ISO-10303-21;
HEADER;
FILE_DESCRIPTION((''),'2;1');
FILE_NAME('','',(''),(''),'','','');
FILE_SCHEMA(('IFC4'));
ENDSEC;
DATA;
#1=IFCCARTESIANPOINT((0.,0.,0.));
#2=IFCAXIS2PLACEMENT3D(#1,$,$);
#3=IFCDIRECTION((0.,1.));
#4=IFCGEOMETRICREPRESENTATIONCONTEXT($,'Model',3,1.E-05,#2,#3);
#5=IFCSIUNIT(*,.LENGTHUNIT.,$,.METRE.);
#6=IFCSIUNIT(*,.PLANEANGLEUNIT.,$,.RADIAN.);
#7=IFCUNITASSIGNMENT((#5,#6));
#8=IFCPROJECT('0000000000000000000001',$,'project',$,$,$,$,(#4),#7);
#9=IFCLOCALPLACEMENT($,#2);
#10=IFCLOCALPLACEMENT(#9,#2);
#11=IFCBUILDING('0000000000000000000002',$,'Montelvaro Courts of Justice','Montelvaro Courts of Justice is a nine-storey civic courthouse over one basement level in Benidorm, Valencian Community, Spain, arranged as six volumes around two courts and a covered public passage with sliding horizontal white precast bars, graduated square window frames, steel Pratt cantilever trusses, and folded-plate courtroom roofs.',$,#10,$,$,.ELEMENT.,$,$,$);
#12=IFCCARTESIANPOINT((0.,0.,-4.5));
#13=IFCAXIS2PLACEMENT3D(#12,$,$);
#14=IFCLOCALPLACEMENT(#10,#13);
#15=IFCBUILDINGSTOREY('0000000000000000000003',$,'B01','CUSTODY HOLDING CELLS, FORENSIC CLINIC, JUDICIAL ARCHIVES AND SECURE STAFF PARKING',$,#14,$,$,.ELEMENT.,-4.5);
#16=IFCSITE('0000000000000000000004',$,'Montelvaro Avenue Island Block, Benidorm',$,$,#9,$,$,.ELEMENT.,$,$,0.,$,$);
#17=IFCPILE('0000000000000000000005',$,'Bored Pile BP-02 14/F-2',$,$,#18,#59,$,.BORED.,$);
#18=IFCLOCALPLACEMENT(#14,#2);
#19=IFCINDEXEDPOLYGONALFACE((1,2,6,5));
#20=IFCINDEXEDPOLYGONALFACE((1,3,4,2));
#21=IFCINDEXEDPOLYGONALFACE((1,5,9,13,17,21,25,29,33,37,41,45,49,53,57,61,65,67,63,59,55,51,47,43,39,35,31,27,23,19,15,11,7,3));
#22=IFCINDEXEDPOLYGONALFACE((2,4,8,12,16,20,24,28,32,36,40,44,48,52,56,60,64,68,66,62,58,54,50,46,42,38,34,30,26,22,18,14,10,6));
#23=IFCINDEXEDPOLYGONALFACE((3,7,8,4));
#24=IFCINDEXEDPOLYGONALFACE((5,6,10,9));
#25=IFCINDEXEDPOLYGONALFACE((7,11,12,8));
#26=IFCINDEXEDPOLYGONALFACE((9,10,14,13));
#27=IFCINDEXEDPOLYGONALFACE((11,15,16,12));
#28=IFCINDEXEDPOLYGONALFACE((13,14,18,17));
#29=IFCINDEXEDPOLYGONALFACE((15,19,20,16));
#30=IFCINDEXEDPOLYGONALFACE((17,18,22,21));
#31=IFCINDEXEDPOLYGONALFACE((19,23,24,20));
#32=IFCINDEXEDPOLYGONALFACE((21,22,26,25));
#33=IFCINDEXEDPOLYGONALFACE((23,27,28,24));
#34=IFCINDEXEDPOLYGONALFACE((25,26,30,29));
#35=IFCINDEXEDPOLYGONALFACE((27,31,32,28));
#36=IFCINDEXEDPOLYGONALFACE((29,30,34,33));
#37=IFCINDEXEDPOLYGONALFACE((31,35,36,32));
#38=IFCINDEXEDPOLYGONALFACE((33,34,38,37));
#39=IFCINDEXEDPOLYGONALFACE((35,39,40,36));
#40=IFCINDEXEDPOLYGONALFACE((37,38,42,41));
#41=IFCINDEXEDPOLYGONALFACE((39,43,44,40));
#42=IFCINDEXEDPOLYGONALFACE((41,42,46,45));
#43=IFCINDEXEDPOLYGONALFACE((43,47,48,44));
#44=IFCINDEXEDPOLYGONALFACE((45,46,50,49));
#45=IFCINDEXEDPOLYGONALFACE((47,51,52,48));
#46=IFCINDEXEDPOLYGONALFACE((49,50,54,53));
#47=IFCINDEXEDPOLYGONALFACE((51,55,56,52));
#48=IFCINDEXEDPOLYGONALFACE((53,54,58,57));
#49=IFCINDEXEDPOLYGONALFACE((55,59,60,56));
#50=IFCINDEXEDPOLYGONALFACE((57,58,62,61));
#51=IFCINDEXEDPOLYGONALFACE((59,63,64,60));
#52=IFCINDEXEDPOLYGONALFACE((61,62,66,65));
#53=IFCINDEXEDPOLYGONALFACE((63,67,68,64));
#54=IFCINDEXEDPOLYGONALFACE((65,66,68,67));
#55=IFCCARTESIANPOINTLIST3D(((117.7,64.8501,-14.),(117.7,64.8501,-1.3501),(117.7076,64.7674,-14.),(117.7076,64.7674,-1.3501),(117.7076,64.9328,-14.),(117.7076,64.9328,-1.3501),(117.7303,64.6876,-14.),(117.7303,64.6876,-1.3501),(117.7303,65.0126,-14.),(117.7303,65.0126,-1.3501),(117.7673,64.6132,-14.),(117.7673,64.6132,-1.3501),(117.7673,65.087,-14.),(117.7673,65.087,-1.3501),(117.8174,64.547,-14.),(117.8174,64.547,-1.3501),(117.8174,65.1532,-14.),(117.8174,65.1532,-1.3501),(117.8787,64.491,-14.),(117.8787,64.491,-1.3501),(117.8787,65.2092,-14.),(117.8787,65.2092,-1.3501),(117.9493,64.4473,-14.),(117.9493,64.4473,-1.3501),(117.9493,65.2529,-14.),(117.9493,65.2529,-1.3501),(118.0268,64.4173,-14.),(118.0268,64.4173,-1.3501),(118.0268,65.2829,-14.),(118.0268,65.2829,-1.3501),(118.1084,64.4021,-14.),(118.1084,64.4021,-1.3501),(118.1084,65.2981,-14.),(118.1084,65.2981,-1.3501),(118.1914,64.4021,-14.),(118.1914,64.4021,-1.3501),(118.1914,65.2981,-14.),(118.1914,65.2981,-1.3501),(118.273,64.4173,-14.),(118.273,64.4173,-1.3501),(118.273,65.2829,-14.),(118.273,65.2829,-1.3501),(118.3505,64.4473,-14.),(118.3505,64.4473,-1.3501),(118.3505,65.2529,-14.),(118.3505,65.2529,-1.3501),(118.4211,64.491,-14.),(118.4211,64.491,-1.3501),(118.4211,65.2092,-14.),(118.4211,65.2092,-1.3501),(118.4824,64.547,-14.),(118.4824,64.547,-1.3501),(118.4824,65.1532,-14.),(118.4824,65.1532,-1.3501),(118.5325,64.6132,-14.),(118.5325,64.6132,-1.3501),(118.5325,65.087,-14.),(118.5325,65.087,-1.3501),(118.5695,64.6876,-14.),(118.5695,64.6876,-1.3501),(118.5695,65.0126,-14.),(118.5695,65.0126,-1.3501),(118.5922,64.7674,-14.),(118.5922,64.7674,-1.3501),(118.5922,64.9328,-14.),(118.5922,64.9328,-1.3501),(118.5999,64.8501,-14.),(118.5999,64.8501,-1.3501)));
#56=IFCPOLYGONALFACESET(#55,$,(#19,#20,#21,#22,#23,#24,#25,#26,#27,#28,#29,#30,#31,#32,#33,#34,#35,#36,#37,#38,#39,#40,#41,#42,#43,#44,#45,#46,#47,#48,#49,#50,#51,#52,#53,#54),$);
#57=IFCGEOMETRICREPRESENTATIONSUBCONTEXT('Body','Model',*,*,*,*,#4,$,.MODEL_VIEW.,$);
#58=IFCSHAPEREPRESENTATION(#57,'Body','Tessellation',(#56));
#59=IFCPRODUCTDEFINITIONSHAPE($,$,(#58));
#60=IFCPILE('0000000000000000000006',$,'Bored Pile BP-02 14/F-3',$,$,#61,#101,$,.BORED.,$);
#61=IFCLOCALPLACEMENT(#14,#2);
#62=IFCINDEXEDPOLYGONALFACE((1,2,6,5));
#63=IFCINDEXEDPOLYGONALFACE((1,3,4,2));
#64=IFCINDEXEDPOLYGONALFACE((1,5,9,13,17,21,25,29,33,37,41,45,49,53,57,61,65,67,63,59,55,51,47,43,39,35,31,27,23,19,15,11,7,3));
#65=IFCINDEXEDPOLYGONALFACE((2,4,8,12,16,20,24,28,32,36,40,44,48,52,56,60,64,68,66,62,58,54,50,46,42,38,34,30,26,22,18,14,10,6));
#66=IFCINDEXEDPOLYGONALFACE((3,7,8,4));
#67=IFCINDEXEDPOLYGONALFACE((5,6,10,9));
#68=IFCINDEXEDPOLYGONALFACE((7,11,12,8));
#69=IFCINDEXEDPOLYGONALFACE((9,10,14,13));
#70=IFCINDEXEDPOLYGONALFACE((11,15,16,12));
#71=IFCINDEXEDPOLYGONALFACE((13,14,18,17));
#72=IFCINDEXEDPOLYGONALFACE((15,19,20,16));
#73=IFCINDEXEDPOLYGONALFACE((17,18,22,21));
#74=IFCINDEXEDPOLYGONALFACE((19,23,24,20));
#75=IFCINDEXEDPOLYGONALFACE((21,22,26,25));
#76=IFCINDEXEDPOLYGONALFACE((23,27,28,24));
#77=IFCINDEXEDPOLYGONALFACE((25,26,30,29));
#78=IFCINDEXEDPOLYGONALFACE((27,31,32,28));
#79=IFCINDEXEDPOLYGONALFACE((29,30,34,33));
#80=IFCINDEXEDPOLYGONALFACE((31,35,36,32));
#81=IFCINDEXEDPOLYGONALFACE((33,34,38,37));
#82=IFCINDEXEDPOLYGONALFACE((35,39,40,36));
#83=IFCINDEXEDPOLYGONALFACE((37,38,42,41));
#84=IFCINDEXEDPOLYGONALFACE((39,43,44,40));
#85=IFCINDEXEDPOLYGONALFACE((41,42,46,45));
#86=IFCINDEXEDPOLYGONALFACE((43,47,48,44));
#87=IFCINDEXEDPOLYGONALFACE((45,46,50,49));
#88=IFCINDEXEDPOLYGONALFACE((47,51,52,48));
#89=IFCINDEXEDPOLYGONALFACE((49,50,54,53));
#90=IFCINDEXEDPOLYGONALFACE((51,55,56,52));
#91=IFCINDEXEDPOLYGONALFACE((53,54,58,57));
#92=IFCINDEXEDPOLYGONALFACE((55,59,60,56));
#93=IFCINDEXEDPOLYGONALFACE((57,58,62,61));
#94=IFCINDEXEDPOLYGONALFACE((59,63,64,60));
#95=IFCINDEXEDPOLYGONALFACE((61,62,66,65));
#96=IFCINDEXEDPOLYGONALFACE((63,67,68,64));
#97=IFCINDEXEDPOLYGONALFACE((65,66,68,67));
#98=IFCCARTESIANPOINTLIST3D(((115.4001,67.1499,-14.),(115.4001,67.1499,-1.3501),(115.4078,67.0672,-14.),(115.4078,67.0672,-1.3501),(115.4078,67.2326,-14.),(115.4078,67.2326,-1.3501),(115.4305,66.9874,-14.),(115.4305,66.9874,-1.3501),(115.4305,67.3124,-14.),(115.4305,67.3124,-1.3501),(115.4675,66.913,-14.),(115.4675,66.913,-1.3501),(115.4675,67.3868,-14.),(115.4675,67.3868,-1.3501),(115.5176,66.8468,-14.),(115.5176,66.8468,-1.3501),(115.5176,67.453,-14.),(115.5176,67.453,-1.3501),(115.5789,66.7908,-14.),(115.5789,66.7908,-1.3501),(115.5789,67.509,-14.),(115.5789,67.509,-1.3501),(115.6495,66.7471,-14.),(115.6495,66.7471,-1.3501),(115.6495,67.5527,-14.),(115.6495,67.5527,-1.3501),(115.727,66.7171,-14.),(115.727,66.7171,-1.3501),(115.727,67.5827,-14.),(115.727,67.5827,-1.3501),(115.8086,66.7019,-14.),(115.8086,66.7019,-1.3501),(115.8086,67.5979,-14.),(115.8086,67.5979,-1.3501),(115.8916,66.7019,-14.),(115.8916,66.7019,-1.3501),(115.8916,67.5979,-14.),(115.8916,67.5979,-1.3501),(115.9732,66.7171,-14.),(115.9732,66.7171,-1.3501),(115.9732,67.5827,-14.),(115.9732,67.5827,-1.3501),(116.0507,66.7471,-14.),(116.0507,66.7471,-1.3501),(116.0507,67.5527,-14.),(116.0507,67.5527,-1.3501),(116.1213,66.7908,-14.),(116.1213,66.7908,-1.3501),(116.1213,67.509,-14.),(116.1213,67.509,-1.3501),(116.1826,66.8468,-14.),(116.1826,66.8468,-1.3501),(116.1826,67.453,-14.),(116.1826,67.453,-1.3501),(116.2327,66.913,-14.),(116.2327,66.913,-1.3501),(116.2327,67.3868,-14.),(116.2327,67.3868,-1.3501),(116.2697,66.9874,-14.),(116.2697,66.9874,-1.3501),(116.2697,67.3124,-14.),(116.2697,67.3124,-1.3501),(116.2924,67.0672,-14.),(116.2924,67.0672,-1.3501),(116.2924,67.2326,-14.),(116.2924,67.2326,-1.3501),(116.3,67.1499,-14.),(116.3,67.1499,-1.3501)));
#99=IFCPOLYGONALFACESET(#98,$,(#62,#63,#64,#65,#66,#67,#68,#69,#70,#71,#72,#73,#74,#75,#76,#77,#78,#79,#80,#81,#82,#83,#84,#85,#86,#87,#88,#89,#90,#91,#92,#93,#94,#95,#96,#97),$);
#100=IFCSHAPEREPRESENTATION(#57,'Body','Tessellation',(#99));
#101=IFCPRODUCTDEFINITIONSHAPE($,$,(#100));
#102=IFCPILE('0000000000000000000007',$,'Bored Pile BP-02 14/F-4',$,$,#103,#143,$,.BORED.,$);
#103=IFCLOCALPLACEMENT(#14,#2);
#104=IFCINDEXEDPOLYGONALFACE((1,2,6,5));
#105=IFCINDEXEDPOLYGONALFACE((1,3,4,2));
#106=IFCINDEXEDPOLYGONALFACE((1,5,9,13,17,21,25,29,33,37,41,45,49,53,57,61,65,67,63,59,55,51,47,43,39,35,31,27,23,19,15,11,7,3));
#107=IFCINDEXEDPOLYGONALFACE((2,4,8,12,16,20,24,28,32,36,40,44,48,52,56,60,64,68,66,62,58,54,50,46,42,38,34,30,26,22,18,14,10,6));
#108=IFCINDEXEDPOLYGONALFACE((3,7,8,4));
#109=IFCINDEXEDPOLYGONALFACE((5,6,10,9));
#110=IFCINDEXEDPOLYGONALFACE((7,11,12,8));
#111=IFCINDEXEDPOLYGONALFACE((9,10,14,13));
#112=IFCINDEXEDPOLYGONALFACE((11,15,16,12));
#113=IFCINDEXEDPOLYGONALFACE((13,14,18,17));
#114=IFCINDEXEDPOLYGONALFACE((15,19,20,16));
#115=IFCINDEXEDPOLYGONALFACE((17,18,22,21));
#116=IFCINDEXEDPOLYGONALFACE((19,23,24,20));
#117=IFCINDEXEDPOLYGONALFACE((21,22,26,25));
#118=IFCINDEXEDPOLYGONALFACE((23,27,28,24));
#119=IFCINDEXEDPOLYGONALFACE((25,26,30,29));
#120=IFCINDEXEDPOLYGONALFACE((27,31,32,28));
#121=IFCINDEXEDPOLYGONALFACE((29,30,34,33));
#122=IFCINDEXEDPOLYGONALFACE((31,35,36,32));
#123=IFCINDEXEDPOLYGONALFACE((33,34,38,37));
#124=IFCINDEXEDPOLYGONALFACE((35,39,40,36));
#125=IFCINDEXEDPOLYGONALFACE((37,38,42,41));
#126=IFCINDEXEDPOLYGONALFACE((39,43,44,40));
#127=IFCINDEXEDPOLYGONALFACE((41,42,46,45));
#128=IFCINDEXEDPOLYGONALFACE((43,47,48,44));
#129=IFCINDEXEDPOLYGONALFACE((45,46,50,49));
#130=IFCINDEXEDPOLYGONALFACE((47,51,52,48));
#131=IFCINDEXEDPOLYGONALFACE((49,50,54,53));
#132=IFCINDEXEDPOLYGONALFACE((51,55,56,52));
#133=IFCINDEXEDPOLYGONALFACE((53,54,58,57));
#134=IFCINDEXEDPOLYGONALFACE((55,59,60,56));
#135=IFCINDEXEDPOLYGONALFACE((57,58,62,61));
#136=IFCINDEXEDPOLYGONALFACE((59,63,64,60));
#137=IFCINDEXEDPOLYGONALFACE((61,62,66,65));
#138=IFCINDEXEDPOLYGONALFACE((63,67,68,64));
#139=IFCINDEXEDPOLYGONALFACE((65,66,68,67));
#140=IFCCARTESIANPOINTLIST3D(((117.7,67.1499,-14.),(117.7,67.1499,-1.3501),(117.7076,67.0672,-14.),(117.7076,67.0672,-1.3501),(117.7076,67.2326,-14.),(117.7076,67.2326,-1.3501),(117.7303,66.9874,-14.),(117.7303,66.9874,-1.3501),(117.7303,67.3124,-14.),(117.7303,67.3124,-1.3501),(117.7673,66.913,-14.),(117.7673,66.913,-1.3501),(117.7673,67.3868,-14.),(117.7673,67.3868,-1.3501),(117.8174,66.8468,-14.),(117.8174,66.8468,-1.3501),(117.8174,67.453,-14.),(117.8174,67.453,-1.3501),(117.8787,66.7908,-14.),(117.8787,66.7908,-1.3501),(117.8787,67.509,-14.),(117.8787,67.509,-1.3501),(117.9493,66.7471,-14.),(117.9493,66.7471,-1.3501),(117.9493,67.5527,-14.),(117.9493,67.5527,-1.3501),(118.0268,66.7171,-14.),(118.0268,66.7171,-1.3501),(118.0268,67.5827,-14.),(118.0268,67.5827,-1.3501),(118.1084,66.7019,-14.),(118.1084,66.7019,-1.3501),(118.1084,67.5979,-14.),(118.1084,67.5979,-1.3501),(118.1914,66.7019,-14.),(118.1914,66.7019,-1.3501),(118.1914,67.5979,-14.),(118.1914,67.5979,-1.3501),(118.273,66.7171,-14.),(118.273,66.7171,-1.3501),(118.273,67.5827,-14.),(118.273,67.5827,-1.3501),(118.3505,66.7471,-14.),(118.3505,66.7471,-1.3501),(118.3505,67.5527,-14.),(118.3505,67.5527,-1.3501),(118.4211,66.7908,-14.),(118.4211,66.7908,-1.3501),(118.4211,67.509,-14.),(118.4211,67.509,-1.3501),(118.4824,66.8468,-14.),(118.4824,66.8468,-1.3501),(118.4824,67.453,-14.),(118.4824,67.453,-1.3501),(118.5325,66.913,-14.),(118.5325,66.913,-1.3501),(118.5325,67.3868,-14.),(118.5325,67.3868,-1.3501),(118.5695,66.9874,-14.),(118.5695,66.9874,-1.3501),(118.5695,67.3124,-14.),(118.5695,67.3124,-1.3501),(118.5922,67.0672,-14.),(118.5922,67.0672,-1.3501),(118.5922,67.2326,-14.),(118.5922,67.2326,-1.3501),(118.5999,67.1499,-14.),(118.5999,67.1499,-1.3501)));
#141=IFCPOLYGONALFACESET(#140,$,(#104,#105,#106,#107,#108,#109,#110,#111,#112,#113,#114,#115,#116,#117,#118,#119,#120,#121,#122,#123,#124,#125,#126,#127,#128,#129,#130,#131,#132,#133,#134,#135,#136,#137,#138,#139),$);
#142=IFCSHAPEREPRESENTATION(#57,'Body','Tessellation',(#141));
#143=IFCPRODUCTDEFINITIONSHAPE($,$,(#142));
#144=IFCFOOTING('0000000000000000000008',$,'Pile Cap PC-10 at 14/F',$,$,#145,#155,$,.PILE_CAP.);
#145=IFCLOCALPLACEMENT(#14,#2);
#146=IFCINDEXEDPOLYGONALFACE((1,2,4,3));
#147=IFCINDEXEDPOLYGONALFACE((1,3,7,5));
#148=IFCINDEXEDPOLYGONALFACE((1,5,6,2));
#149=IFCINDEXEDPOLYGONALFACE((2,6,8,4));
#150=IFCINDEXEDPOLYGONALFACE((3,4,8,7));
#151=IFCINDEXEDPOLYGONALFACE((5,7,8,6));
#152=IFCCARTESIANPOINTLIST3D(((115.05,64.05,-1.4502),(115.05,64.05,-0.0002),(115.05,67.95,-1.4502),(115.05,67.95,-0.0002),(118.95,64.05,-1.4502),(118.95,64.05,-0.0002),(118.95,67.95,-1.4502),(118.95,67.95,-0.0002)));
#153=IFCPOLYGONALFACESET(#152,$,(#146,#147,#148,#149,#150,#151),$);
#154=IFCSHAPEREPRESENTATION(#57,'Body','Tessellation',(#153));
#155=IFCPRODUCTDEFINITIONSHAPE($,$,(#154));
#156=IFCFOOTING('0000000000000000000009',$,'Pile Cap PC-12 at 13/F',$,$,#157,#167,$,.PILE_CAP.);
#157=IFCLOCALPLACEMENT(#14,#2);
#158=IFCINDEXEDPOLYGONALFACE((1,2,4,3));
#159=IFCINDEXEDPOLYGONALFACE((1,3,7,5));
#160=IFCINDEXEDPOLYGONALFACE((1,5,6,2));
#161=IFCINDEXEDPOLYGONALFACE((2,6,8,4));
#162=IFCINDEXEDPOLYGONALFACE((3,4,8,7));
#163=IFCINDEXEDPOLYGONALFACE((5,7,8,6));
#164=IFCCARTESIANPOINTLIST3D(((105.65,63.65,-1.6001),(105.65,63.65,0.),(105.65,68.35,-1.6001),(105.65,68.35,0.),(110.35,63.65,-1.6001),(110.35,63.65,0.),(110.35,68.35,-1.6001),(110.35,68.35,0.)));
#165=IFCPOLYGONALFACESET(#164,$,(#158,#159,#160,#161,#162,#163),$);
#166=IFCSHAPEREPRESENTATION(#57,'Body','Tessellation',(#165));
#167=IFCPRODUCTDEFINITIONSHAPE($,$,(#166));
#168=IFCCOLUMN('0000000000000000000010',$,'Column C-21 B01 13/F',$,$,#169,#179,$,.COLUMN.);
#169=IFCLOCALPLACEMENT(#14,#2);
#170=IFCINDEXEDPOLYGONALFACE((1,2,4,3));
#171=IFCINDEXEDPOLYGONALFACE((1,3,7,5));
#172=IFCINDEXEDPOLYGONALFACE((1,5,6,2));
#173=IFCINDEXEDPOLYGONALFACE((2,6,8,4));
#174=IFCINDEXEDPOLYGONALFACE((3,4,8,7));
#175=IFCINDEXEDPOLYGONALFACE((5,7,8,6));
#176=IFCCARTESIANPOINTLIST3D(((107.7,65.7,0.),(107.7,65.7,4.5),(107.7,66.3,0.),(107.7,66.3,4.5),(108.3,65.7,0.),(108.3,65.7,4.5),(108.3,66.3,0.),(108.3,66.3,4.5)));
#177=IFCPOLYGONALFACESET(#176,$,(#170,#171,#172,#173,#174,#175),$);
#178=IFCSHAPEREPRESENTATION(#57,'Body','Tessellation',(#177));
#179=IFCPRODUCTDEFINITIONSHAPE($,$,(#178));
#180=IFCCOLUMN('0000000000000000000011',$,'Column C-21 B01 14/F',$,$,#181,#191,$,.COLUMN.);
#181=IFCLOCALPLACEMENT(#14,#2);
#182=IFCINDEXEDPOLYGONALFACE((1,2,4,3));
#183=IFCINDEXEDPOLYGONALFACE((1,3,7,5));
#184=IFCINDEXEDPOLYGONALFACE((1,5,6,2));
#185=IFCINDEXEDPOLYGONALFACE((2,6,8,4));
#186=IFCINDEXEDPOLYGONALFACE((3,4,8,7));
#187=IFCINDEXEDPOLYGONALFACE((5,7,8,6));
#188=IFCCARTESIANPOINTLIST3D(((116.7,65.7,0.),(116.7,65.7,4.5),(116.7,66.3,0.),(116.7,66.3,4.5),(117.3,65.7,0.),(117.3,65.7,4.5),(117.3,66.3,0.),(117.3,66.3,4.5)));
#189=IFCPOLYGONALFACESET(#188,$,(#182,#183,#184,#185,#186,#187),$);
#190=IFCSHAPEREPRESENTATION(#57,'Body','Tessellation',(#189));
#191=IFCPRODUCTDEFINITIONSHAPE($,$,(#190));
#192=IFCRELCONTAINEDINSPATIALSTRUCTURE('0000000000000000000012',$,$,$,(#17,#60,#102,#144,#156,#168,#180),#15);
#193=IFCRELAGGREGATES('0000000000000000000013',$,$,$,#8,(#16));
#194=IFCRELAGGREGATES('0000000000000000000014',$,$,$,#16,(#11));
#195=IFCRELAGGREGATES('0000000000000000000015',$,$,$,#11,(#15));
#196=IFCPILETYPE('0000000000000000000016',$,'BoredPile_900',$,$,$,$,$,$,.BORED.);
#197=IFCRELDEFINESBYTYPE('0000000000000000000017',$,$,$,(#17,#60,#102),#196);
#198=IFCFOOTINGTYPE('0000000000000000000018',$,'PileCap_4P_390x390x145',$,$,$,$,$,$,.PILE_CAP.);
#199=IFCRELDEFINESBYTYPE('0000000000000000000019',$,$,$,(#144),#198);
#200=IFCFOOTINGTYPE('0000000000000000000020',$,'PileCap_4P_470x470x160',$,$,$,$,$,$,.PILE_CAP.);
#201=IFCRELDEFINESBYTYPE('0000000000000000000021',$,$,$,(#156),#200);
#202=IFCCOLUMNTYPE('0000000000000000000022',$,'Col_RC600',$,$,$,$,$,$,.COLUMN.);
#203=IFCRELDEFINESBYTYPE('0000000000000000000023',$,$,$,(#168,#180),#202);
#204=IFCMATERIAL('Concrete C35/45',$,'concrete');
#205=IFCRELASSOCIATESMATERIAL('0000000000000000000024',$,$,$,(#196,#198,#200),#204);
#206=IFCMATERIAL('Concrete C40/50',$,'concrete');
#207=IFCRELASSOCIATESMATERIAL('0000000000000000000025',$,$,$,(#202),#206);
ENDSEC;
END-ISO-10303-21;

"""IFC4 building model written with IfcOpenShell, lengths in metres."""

from ifc_helpers import new_model, si_unit, direction, frame, origin, origin_2d, place, context, subcontext, project, spatial, rectangle, circle, extrude, material, material_profile, profile_set, type_object, element, save


model = new_model("IFC4")

# Units and contexts
model_context = context("Model", 3, precision=1e-05, world=origin(), true_north=direction((0.0, 1.0)))
body_context = subcontext(model_context, "Body", "Model", "MODEL_VIEW")
ifc_project = project(units=[si_unit("LENGTHUNIT", "METRE"), si_unit("PLANEANGLEUNIT", "RADIAN")], contexts=[model_context])

# Site, building, storey
site_placement = place(None, origin())
site = spatial("IfcSite", under=ifc_project, at=site_placement, Name="Montelvaro Avenue Island Block, Benidorm", CompositionType="ELEMENT", RefElevation=0.0)
building_placement = place(site_placement, origin())
building = spatial("IfcBuilding", under=site, at=building_placement, Name="Montelvaro Courts of Justice", Description="Montelvaro Courts of Justice is a nine-storey civic courthouse over one basement level in Benidorm, Valencian Community, Spain, arranged as six volumes around two courts and a covered public passage with sliding horizontal white precast bars, graduated square window frames, steel Pratt cantilever trusses, and folded-plate courtroom roofs.", CompositionType="ELEMENT")
storey_placement = place(building_placement, frame((0.0, 0.0, -4.5)))
storey = spatial("IfcBuildingStorey", under=building, at=storey_placement, Name="B01", Description="CUSTODY HOLDING CELLS, FORENSIC CLINIC, JUDICIAL ARCHIVES AND SECURE STAFF PARKING", CompositionType="ELEMENT", Elevation=-4.5)

# Piles
ifc_material_1 = material(Name="Concrete C35/45", Category="concrete")
ifc_material_profile_1 = material_profile(ifc_material_1, circle(Radius=0.45, at=origin_2d()), Name="BORED PILE D900")
ifc_profile_set_1 = profile_set([ifc_material_profile_1], Name="Concrete C35/45")
pile_type_1 = type_object("IfcPileType", Name="BoredPile_900", PredefinedType="BORED", material=ifc_profile_set_1)
for number, where, z_axis, x_axis, name in (
    (1, (118.1499, 64.8501, -1.3501), (0.0, 0.0, -1.0), (1.0, 0.0, 0.0), "Bored Pile BP-02 14/F-2"),
    (2, (115.8501, 67.1499, -1.3501), (0.0, 0.0, -1.0), (1.0, 0.0, 0.0), "Bored Pile BP-02 14/F-3"),
    (3, (118.1499, 67.1499, -1.3501), (0.0, 0.0, -1.0), (1.0, 0.0, 0.0), "Bored Pile BP-02 14/F-4"),
):
    element("IfcPile", number, at=place(storey_placement, frame(where, z_axis=z_axis, x_axis=x_axis)), inside=storey, type_object=pile_type_1, Name=name, PredefinedType="BORED", context=body_context, shape_type="SweptSolid", body=[
        extrude(circle(Radius=0.45, at=origin_2d()), origin(), (0.0, 0.0, 1.0), 12.6499),
    ])

# Footings
footing_type_1 = type_object("IfcFootingType", Name="PileCap_4P_390x390x145", PredefinedType="PILE_CAP", material=ifc_material_1)
footing_1_placement = place(storey_placement, frame((117.0, 66.0, -1.4502), z_axis=(0.0, 0.0, 1.0), x_axis=(1.0, 0.0, 0.0)))
element("IfcFooting", 4, at=footing_1_placement, inside=storey, type_object=footing_type_1, Name="Pile Cap PC-10 at 14/F", PredefinedType="PILE_CAP", context=body_context, shape_type="SweptSolid", body=[
    extrude(rectangle(XDim=3.8999, YDim=3.8999, at=origin_2d()), origin(), (0.0, 0.0, 1.0), 1.45),
])
footing_type_2 = type_object("IfcFootingType", Name="PileCap_4P_470x470x160", PredefinedType="PILE_CAP", material=ifc_material_1)
footing_2_placement = place(storey_placement, frame((108.0, 66.0, -1.6001), z_axis=(0.0, 0.0, 1.0), x_axis=(1.0, 0.0, 0.0)))
element("IfcFooting", 5, at=footing_2_placement, inside=storey, type_object=footing_type_2, Name="Pile Cap PC-12 at 13/F", PredefinedType="PILE_CAP", context=body_context, shape_type="SweptSolid", body=[
    extrude(rectangle(XDim=4.7, YDim=4.7, at=origin_2d()), origin(), (0.0, 0.0, 1.0), 1.6001),
])

# Columns
ifc_material_2 = material(Name="Concrete C40/50", Category="concrete")
ifc_material_profile_2 = material_profile(ifc_material_2, rectangle(XDim=0.6001, YDim=0.6001, at=origin_2d()), Name="RC 600x600")
ifc_profile_set_2 = profile_set([ifc_material_profile_2], Name="Concrete C40/50")
column_type = type_object("IfcColumnType", Name="Col_RC600", PredefinedType="COLUMN", material=ifc_profile_set_2)
for number, where, z_axis, x_axis, name in (
    (6, (108.0, 66.0, 0.0), (0.0, 0.0, 1.0), (1.0, 0.0, 0.0), "Column C-21 B01 13/F"),
    (7, (117.0, 66.0, 0.0), (0.0, 0.0, 1.0), (1.0, 0.0, 0.0), "Column C-21 B01 14/F"),
):
    element("IfcColumn", number, at=place(storey_placement, frame(where, z_axis=z_axis, x_axis=x_axis)), inside=storey, type_object=column_type, Name=name, PredefinedType="COLUMN", context=body_context, shape_type="SweptSolid", body=[
        extrude(rectangle(XDim=0.6001, YDim=0.6001, at=origin_2d()), origin(), (0.0, 0.0, 1.0), 4.5),
    ])

save(model, "model.ifc")
